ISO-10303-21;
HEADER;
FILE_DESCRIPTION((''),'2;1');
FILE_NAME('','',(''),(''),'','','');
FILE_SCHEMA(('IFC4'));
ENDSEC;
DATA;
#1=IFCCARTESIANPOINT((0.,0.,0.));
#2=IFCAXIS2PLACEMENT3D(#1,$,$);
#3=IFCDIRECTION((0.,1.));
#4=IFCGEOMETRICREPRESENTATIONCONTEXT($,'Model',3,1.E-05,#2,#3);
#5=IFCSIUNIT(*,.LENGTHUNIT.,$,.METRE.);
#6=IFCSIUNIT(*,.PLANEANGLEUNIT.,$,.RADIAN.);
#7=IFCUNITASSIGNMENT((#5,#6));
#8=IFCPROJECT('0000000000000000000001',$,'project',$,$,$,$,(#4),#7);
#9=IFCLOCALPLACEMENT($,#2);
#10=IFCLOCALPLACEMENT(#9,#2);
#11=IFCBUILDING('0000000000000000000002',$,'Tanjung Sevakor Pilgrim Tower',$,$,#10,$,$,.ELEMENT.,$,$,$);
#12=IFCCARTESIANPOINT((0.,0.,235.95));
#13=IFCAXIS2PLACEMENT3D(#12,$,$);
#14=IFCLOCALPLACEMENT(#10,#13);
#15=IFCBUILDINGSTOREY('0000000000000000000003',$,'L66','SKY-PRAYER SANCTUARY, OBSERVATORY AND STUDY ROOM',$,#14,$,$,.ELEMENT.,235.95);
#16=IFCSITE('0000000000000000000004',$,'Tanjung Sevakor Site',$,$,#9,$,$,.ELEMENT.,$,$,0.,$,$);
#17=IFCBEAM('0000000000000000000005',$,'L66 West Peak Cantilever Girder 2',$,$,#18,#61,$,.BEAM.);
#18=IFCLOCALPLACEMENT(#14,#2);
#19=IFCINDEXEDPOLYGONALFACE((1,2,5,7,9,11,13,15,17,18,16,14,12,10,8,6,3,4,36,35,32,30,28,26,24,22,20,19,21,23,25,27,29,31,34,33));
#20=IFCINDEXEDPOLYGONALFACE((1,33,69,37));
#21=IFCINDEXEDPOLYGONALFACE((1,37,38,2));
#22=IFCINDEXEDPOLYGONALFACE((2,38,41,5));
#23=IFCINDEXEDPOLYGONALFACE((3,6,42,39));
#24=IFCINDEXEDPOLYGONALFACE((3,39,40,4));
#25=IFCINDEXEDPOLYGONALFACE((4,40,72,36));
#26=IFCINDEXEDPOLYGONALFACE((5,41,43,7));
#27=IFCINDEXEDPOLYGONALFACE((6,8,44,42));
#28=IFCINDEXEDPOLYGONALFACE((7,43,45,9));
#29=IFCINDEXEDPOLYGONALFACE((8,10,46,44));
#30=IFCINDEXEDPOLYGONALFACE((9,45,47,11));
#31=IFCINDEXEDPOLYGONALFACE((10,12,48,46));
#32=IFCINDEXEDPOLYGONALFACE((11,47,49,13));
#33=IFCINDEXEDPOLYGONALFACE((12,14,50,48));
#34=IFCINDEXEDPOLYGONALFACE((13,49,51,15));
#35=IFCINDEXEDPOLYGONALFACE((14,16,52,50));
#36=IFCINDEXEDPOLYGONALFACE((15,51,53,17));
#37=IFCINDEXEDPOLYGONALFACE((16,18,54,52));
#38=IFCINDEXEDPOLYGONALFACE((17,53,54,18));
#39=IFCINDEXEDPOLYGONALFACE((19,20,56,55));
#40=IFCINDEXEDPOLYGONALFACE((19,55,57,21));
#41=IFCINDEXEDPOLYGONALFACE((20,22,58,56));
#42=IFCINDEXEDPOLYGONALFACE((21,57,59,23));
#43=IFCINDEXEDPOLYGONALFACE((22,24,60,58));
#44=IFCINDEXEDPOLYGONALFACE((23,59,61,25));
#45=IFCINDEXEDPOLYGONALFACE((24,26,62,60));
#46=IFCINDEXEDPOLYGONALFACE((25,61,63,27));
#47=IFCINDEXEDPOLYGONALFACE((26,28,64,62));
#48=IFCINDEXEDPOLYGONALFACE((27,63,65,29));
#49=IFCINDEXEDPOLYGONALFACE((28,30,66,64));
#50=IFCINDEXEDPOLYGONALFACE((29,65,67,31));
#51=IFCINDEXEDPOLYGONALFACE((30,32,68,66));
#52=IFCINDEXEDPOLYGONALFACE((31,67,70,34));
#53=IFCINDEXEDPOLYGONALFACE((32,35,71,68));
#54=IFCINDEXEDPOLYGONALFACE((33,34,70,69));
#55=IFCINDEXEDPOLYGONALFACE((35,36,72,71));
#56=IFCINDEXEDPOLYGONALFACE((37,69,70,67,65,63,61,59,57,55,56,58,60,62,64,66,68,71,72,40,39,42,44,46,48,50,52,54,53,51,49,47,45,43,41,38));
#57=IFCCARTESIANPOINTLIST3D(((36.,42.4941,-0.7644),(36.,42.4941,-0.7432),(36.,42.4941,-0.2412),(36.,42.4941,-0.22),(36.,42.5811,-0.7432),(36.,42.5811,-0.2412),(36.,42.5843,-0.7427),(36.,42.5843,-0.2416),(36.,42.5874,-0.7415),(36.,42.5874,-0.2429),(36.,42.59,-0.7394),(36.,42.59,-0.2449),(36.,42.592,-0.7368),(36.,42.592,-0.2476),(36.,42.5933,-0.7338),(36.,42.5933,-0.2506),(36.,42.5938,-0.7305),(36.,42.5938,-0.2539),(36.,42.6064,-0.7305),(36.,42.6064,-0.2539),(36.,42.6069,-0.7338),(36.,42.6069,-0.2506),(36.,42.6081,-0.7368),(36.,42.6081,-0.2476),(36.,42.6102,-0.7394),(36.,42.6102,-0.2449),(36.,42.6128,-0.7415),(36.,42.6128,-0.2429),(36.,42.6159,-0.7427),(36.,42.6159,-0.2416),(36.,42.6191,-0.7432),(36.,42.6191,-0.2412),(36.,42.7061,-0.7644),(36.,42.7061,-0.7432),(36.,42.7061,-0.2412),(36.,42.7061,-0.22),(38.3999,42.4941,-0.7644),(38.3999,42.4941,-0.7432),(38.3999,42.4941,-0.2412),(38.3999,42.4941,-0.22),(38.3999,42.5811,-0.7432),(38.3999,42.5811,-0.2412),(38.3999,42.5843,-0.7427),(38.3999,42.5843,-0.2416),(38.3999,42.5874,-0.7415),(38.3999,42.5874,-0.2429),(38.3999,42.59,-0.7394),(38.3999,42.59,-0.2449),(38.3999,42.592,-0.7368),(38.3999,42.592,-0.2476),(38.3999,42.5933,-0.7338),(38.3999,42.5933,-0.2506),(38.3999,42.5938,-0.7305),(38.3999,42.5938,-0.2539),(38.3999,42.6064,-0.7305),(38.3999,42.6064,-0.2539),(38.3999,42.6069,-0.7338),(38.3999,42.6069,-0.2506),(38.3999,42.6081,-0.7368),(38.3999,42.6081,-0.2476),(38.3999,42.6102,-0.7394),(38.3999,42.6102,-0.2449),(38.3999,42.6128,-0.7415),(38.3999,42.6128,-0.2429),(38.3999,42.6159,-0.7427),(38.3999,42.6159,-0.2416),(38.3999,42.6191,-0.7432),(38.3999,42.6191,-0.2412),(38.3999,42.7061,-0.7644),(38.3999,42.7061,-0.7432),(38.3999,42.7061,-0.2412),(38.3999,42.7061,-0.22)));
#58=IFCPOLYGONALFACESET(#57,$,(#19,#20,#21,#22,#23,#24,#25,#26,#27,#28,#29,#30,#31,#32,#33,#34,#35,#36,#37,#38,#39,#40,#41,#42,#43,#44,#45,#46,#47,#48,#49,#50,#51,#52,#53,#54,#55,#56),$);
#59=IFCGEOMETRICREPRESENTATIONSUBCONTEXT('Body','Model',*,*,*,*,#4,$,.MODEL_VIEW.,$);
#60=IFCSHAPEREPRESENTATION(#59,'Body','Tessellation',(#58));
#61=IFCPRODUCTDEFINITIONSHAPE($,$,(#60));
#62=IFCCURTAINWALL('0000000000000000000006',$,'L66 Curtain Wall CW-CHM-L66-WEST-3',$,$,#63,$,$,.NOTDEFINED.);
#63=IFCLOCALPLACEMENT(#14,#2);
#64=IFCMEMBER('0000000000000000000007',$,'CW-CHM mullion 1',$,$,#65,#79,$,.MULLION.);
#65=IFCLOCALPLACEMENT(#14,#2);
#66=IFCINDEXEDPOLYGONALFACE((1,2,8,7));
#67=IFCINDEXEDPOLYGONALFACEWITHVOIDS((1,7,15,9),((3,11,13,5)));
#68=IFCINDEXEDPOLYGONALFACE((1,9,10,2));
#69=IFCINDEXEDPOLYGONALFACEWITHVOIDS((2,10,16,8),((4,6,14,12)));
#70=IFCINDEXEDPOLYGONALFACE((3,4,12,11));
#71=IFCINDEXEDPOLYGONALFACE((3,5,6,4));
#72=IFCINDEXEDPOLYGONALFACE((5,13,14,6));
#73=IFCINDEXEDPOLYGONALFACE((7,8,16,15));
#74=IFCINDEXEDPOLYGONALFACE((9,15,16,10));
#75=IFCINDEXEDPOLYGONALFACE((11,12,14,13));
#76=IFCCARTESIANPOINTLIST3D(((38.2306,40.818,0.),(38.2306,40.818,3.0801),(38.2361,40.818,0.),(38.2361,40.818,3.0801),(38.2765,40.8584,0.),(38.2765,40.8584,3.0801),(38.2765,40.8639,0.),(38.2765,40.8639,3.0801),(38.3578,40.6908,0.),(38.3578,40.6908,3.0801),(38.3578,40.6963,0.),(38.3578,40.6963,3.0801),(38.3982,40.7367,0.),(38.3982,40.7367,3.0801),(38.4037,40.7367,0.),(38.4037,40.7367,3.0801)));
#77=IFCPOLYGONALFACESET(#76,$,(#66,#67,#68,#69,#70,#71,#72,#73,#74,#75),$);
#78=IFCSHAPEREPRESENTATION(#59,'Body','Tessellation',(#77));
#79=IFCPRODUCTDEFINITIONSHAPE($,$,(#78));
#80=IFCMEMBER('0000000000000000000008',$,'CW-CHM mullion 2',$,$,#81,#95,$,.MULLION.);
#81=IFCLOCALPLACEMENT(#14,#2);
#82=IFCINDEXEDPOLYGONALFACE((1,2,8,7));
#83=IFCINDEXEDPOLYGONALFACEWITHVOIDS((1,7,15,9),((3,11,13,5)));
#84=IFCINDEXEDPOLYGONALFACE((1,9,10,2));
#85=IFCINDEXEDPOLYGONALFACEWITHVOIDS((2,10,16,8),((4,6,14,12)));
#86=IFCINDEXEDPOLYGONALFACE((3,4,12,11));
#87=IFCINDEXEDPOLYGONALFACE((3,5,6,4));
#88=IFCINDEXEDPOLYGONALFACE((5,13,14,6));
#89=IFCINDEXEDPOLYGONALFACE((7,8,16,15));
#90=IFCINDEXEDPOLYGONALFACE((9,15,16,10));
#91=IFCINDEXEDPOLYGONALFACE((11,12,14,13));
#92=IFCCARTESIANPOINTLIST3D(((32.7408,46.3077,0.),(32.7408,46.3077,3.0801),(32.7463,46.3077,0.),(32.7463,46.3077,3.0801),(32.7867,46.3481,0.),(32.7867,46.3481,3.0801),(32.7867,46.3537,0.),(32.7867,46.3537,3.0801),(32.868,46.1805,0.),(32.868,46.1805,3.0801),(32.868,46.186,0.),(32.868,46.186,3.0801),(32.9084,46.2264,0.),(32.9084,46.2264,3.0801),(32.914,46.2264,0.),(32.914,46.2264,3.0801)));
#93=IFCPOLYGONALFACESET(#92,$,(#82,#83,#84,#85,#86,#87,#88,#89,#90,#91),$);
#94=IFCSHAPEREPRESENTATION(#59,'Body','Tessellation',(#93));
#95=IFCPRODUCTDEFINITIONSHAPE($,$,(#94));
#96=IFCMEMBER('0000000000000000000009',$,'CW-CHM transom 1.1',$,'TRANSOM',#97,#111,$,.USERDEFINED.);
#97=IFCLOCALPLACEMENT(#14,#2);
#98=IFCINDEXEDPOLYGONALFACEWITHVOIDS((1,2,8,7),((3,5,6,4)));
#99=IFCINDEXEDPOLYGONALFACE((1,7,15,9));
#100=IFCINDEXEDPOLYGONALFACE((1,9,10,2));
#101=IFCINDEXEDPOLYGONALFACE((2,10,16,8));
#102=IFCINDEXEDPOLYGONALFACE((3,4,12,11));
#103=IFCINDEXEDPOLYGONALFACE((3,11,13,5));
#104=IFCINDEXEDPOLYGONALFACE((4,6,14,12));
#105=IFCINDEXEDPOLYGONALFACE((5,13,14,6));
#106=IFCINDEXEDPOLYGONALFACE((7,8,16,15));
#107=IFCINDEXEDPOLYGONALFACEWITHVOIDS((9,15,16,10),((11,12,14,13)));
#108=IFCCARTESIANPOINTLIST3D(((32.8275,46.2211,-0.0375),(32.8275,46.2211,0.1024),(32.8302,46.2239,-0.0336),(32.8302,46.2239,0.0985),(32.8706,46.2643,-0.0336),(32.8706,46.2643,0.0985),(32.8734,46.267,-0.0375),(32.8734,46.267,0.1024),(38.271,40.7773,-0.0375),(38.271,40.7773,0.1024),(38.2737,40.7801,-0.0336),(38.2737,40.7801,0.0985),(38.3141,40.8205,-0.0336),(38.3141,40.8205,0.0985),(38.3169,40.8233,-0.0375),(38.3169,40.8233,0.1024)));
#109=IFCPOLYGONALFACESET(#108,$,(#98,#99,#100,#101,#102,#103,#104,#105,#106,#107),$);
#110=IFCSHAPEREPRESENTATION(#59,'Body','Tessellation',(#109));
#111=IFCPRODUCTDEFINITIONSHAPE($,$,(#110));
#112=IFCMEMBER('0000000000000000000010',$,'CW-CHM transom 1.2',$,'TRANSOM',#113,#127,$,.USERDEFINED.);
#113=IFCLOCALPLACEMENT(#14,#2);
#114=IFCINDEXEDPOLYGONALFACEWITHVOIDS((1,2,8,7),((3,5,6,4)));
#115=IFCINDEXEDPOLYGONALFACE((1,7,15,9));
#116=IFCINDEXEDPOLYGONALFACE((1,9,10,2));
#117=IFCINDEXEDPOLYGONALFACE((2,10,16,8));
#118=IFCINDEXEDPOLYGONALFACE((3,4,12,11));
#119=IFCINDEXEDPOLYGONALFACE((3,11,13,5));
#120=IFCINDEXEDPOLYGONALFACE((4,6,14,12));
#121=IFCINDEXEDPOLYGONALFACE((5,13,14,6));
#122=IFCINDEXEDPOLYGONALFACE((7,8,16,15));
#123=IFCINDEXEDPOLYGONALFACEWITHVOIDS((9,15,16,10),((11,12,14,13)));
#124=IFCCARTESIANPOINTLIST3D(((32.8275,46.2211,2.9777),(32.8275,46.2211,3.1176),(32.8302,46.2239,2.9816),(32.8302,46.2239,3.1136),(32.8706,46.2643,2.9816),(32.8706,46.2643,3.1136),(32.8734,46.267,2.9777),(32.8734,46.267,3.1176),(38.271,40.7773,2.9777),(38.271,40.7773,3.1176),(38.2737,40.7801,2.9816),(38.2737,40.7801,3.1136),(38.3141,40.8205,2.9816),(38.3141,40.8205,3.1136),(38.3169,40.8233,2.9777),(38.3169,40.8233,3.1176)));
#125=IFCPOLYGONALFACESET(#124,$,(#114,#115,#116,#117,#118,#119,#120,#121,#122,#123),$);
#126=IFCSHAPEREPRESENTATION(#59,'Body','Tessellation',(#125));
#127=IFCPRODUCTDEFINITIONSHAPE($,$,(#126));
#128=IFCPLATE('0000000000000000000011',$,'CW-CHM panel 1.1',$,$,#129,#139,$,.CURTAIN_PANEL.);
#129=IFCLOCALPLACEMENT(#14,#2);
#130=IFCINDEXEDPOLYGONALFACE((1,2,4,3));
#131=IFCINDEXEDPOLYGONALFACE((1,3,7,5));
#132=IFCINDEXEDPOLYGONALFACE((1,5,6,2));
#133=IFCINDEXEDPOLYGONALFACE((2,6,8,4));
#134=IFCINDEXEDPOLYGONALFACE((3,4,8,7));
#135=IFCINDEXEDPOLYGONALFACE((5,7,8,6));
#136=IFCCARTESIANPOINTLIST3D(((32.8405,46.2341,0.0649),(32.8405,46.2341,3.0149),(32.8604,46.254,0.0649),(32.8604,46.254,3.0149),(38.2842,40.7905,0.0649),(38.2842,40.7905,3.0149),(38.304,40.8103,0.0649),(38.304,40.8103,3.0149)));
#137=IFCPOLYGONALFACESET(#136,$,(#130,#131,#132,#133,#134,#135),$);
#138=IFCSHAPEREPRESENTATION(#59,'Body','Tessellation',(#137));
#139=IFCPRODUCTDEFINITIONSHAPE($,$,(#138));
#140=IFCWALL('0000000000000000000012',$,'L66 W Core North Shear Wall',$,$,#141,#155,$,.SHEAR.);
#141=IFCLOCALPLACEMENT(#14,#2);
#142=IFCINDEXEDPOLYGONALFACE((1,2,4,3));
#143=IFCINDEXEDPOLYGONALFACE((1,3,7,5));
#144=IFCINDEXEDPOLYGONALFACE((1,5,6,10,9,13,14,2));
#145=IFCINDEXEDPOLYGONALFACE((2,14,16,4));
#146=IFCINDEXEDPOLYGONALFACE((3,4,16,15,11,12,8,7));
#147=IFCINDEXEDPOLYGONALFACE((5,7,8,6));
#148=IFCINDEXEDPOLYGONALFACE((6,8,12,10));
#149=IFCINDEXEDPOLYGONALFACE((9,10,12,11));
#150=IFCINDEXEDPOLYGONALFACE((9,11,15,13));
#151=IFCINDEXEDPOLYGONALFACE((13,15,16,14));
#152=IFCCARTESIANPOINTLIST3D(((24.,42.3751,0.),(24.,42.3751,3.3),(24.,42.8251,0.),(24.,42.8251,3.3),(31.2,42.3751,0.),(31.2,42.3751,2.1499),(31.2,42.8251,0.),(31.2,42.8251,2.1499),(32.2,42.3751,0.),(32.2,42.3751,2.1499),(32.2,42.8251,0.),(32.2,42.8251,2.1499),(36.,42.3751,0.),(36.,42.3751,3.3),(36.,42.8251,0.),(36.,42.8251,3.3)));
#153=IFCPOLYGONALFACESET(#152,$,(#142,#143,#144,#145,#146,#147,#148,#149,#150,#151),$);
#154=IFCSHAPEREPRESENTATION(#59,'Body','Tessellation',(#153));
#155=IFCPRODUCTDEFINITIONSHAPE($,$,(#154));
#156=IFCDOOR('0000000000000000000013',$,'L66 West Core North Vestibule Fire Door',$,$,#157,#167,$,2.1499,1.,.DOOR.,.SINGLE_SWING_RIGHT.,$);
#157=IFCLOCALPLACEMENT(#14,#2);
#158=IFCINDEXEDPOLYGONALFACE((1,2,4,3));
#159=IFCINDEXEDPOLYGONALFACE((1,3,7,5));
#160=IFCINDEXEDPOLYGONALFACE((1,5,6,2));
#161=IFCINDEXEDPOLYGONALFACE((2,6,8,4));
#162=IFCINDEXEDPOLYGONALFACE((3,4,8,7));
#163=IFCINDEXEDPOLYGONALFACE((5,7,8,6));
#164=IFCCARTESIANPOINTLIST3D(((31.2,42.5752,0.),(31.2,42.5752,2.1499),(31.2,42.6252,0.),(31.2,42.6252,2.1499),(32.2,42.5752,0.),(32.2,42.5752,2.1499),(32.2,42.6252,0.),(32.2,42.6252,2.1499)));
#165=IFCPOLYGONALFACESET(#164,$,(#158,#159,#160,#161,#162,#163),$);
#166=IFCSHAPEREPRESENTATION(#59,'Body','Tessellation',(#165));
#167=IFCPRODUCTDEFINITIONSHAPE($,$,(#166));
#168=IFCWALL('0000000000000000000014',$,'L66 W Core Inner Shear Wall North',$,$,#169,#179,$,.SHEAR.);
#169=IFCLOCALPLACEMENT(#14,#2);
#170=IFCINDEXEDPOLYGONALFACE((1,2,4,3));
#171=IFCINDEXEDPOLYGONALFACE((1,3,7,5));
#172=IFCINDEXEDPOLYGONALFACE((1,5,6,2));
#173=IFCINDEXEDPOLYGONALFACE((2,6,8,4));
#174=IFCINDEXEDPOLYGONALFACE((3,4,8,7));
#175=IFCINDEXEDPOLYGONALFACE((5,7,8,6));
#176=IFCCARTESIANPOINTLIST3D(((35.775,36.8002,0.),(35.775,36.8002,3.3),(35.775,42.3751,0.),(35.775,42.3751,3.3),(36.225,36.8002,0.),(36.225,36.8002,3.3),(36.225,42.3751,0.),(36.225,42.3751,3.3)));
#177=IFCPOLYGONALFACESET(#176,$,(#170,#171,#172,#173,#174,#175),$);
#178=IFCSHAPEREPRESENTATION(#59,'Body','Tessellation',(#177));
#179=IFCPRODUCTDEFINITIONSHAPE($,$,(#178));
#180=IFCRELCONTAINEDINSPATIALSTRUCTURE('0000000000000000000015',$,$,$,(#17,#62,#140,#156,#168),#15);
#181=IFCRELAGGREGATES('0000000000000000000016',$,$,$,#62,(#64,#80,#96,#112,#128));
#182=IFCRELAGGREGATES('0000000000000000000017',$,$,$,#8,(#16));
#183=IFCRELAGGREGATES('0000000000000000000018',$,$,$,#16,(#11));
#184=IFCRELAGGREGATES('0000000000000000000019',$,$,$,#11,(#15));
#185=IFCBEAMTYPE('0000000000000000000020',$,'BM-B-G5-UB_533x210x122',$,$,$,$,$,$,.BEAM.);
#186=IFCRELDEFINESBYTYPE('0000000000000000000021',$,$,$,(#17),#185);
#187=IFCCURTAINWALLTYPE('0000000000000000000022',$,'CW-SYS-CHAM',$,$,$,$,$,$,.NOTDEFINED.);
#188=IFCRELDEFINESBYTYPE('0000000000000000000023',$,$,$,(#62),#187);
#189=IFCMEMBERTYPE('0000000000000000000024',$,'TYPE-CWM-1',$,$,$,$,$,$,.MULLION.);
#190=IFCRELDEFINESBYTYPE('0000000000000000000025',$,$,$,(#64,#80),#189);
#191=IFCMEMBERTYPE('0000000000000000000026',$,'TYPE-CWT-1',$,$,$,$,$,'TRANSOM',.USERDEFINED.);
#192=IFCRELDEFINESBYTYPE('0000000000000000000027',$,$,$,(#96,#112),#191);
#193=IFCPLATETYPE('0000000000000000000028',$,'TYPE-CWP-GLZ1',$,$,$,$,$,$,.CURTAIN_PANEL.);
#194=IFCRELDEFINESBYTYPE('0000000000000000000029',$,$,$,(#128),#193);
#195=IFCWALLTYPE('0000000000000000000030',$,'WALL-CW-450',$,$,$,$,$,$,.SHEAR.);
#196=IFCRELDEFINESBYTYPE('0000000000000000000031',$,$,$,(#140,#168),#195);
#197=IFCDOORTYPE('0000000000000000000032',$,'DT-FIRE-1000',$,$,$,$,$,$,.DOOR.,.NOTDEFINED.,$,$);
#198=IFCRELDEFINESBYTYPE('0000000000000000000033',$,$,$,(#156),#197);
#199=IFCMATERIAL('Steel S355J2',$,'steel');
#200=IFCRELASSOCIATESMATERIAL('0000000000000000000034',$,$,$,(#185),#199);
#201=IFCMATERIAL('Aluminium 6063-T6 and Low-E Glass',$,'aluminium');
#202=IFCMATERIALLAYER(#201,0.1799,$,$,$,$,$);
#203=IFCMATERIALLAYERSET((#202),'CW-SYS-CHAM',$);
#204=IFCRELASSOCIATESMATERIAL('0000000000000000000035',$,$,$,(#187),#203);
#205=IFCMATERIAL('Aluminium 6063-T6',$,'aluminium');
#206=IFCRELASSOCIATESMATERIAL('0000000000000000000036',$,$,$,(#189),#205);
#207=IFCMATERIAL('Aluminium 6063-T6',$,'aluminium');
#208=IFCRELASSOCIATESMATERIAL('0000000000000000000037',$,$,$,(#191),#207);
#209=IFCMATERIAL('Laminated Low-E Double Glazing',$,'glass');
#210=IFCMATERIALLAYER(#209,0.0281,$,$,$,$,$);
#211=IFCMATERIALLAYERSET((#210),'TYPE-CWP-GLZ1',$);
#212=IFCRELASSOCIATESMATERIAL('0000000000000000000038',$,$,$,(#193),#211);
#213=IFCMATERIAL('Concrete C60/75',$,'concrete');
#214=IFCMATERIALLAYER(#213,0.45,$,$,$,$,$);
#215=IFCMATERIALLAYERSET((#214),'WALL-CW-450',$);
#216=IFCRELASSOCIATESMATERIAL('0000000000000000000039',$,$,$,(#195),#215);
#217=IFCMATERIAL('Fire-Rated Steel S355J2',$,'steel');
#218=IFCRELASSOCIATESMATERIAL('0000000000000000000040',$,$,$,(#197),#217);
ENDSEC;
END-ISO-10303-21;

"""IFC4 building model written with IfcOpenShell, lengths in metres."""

from ifc_helpers import new_model, si_unit, direction, frame, frame_2d, origin, origin_2d, place, context, subcontext, project, spatial, rectangle, hollow_rectangle, i_section, extrude, material, layer, layer_set, material_profile, profile_set, type_object, element, fill, aggregate, save


model = new_model("IFC4")

# Units and contexts
model_context = context("Model", 3, precision=1e-05, world=origin(), true_north=direction((0.0, 1.0)))
body_context = subcontext(model_context, "Body", "Model", "MODEL_VIEW")
ifc_project = project(units=[si_unit("LENGTHUNIT", "METRE"), si_unit("PLANEANGLEUNIT", "RADIAN")], contexts=[model_context])

# Site, building, storey
site_placement = place(None, origin())
site = spatial("IfcSite", under=ifc_project, at=site_placement, Name="Tanjung Sevakor Site", CompositionType="ELEMENT", RefElevation=0.0)
building_placement = place(site_placement, origin())
building = spatial("IfcBuilding", under=site, at=building_placement, Name="Tanjung Sevakor Pilgrim Tower", CompositionType="ELEMENT")
storey_placement = place(building_placement, frame((0.0, 0.0, 235.95)))
storey = spatial("IfcBuildingStorey", under=building, at=storey_placement, Name="L66", Description="SKY-PRAYER SANCTUARY, OBSERVATORY AND STUDY ROOM", CompositionType="ELEMENT", Elevation=235.95)

# Beam
ifc_material_1 = material(Name="Steel S355J2", Category="steel")
ifc_material_profile_1 = material_profile(ifc_material_1, i_section(OverallWidth=0.2119, OverallDepth=0.5444, WebThickness=0.0127, FlangeThickness=0.0212, FilletRadius=0.0127, at=origin_2d()))
ifc_profile_set_1 = profile_set([ifc_material_profile_1], Name="Steel S355J2")
beam_type = type_object("IfcBeamType", Name="BM-B-G5-UB_533x210x122", PredefinedType="BEAM", material=ifc_profile_set_1)
beam_placement = place(storey_placement, frame((36.0, 42.6001, -0.4922), z_axis=(1.0, 0.0, 0.0), x_axis=(0.0, 1.0, 0.0)))
element("IfcBeam", 1, at=beam_placement, inside=storey, type_object=beam_type, Name="L66 West Peak Cantilever Girder 2", PredefinedType="BEAM", context=body_context, shape_type="SweptSolid", body=[
    extrude(i_section(OverallWidth=0.2119, OverallDepth=0.5444, WebThickness=0.0127, FlangeThickness=0.0212, FilletRadius=0.0127, at=origin_2d()), origin(), (0.0, 0.0, 1.0), 2.3999),
])

# Curtain wall, members, plate
ifc_material_2 = material(Name="Aluminium 6063-T6 and Low-E Glass", Category="aluminium")
ifc_layer_1 = layer(ifc_material_2, 0.1799)
ifc_layer_set_1 = layer_set([ifc_layer_1], Name="CW-SYS-CHAM")
curtain_wall_type = type_object("IfcCurtainWallType", Name="CW-SYS-CHAM", PredefinedType="NOTDEFINED", material=ifc_layer_set_1)
curtain_wall_placement = place(storey_placement, origin())
curtain_wall = element("IfcCurtainWall", 2, at=curtain_wall_placement, inside=storey, type_object=curtain_wall_type, Name="L66 Curtain Wall CW-CHM-L66-WEST-3", PredefinedType="NOTDEFINED")
ifc_material_3 = material(Name="Aluminium 6063-T6", Category="aluminium")
ifc_material_profile_2 = material_profile(ifc_material_3, hollow_rectangle(XDim=0.0649, YDim=0.1799, WallThickness=0.0039, at=origin_2d()))
ifc_profile_set_2 = profile_set([ifc_material_profile_2], Name="Aluminium 6063-T6")
member_type_1 = type_object("IfcMemberType", Name="TYPE-CWM-1", PredefinedType="MULLION", material=ifc_profile_set_2)
member_1_placement = place(storey_placement, frame((38.3171, 40.7773, 0.0), z_axis=(0.0, 0.0, 1.0), x_axis=(-0.707107, -0.707107, 0.0)))
member_1 = element("IfcMember", 3, at=member_1_placement, type_object=member_type_1, Name="CW-CHM mullion 1", PredefinedType="MULLION", context=body_context, shape_type="SweptSolid", body=[
    extrude(hollow_rectangle(XDim=0.0649, YDim=0.1799, WallThickness=0.0039, at=origin_2d()), origin(), (0.0, 0.0, 1.0), 3.0801),
])
member_2_placement = place(storey_placement, frame((32.8274, 46.2671, 0.0), z_axis=(0.0, 0.0, 1.0), x_axis=(-0.707107, -0.707107, 0.0)))
member_2 = element("IfcMember", 4, at=member_2_placement, type_object=member_type_1, Name="CW-CHM mullion 2", PredefinedType="MULLION", context=body_context, shape_type="SweptSolid", body=[
    extrude(hollow_rectangle(XDim=0.0649, YDim=0.1799, WallThickness=0.0039, at=origin_2d()), origin(), (0.0, 0.0, 1.0), 3.0801),
])
ifc_material_4 = material(Name="Aluminium 6063-T6", Category="aluminium")
ifc_material_profile_3 = material_profile(ifc_material_4, hollow_rectangle(XDim=0.0649, YDim=0.1399, WallThickness=0.0039, at=origin_2d()))
ifc_profile_set_3 = profile_set([ifc_material_profile_3], Name="Aluminium 6063-T6")
member_type_2 = type_object("IfcMemberType", Name="TYPE-CWT-1", ElementType="TRANSOM", PredefinedType="USERDEFINED", material=ifc_profile_set_3)
member_3_placement = place(storey_placement, frame((38.2939, 40.8003, 0.0325), z_axis=(-0.707091, 0.707123, 0.0), x_axis=(-0.707123, -0.707091, 0.0)))
member_3 = element("IfcMember", 5, at=member_3_placement, type_object=member_type_2, Name="CW-CHM transom 1.1", ObjectType="TRANSOM", PredefinedType="USERDEFINED", context=body_context, shape_type="SweptSolid", body=[
    extrude(hollow_rectangle(XDim=0.0649, YDim=0.1399, WallThickness=0.0039, at=origin_2d()), origin(), (0.0, 0.0, 1.0), 7.6985),
])
member_4_placement = place(storey_placement, frame((38.2939, 40.8003, 3.0476), z_axis=(-0.707091, 0.707123, 0.0), x_axis=(-0.707123, -0.707091, 0.0)))
member_4 = element("IfcMember", 6, at=member_4_placement, type_object=member_type_2, Name="CW-CHM transom 1.2", ObjectType="TRANSOM", PredefinedType="USERDEFINED", context=body_context, shape_type="SweptSolid", body=[
    extrude(hollow_rectangle(XDim=0.0649, YDim=0.1399, WallThickness=0.0039, at=origin_2d()), origin(), (0.0, 0.0, 1.0), 7.6985),
])
ifc_material_5 = material(Name="Laminated Low-E Double Glazing", Category="glass")
ifc_layer_2 = layer(ifc_material_5, 0.0281)
ifc_layer_set_2 = layer_set([ifc_layer_2], Name="TYPE-CWP-GLZ1")
plate_type = type_object("IfcPlateType", Name="TYPE-CWP-GLZ1", PredefinedType="CURTAIN_PANEL", material=ifc_layer_set_2)
plate_placement = place(storey_placement, frame((35.5723, 43.5222, 0.0649), z_axis=(0.0, 0.0, 1.0), x_axis=(-0.707107, 0.707107, 0.0)))
plate = element("IfcPlate", 7, at=plate_placement, type_object=plate_type, Name="CW-CHM panel 1.1", PredefinedType="CURTAIN_PANEL", context=body_context, shape_type="SweptSolid", body=[
    extrude(rectangle(XDim=7.6985, YDim=0.0281, at=origin_2d()), origin(), (0.0, 0.0, 1.0), 2.95),
])
aggregate(curtain_wall, [member_1, member_2, member_3, member_4, plate])

# Wall, opening, door
ifc_material_6 = material(Name="Concrete C60/75", Category="concrete")
ifc_layer_3 = layer(ifc_material_6, 0.45)
ifc_layer_set_3 = layer_set([ifc_layer_3], Name="WALL-CW-450")
wall_type_1 = type_object("IfcWallType", Name="WALL-CW-450", PredefinedType="SHEAR", material=ifc_layer_set_3)
wall_1_placement = place(storey_placement, frame((36.0, 42.6001, 0.0), z_axis=(0.0, 0.0, 1.0), x_axis=(-1.0, 0.0, 0.0)))
wall_1 = element("IfcWall", 8, at=wall_1_placement, inside=storey, type_object=wall_type_1, Name="L66 W Core North Shear Wall", PredefinedType="SHEAR", context=body_context, shape_type="SweptSolid", body=[
    extrude(rectangle(XDim=12.0, YDim=0.45, at=frame_2d((6.0, 0.0))), origin(), (0.0, 0.0, 1.0), 3.3),
])
opening_1_placement = place(wall_1_placement, frame((3.8, 0.0, 0.0)))
opening_1 = element("IfcOpeningElement", 9, at=opening_1_placement, cuts=wall_1, PredefinedType="OPENING", context=body_context, shape_type="SweptSolid", body=[
    extrude(rectangle(XDim=1.0, YDim=2.1499, at=frame_2d((0.5, 1.075))), frame((0.0, 0.2349, 0.0), z_axis=(0.0, -1.0, 0.0), x_axis=(1.0, 0.0, 0.0)), (0.0, 0.0, 1.0), 0.47),
])
ifc_material_7 = material(Name="Fire-Rated Steel S355J2", Category="steel")
door_type_1 = type_object("IfcDoorType", Name="DT-FIRE-1000", OperationType="NOTDEFINED", PredefinedType="DOOR", material=ifc_material_7)
door_1_placement = place(opening_1_placement, origin())
door_1 = element("IfcDoor", 10, at=door_1_placement, inside=storey, type_object=door_type_1, Name="L66 West Core North Vestibule Fire Door", OperationType="SINGLE_SWING_RIGHT", OverallHeight=2.1499, OverallWidth=1.0, PredefinedType="DOOR", context=body_context, shape_type="SweptSolid", body=[
    extrude(rectangle(XDim=1.0, YDim=2.1499, at=frame_2d((0.5, 1.075))), frame((0.0, 0.0249, 0.0), z_axis=(0.0, -1.0, 0.0), x_axis=(1.0, 0.0, 0.0)), (0.0, 0.0, 1.0), 0.05),
])
fill(opening_1, door_1)

# Wall
wall_2_placement = place(storey_placement, frame((36.0, 36.8, 0.0), z_axis=(0.0, 0.0, 1.0), x_axis=(0.0, 1.0, 0.0)))
element("IfcWall", 11, at=wall_2_placement, inside=storey, type_object=wall_type_1, Name="L66 W Core Inner Shear Wall North", PredefinedType="SHEAR", context=body_context, shape_type="SweptSolid", body=[
    extrude(rectangle(XDim=5.575, YDim=0.45, at=frame_2d((2.7876, 0.0))), origin(), (0.0, 0.0, 1.0), 3.3),
])

save(model, "model.ifc")
